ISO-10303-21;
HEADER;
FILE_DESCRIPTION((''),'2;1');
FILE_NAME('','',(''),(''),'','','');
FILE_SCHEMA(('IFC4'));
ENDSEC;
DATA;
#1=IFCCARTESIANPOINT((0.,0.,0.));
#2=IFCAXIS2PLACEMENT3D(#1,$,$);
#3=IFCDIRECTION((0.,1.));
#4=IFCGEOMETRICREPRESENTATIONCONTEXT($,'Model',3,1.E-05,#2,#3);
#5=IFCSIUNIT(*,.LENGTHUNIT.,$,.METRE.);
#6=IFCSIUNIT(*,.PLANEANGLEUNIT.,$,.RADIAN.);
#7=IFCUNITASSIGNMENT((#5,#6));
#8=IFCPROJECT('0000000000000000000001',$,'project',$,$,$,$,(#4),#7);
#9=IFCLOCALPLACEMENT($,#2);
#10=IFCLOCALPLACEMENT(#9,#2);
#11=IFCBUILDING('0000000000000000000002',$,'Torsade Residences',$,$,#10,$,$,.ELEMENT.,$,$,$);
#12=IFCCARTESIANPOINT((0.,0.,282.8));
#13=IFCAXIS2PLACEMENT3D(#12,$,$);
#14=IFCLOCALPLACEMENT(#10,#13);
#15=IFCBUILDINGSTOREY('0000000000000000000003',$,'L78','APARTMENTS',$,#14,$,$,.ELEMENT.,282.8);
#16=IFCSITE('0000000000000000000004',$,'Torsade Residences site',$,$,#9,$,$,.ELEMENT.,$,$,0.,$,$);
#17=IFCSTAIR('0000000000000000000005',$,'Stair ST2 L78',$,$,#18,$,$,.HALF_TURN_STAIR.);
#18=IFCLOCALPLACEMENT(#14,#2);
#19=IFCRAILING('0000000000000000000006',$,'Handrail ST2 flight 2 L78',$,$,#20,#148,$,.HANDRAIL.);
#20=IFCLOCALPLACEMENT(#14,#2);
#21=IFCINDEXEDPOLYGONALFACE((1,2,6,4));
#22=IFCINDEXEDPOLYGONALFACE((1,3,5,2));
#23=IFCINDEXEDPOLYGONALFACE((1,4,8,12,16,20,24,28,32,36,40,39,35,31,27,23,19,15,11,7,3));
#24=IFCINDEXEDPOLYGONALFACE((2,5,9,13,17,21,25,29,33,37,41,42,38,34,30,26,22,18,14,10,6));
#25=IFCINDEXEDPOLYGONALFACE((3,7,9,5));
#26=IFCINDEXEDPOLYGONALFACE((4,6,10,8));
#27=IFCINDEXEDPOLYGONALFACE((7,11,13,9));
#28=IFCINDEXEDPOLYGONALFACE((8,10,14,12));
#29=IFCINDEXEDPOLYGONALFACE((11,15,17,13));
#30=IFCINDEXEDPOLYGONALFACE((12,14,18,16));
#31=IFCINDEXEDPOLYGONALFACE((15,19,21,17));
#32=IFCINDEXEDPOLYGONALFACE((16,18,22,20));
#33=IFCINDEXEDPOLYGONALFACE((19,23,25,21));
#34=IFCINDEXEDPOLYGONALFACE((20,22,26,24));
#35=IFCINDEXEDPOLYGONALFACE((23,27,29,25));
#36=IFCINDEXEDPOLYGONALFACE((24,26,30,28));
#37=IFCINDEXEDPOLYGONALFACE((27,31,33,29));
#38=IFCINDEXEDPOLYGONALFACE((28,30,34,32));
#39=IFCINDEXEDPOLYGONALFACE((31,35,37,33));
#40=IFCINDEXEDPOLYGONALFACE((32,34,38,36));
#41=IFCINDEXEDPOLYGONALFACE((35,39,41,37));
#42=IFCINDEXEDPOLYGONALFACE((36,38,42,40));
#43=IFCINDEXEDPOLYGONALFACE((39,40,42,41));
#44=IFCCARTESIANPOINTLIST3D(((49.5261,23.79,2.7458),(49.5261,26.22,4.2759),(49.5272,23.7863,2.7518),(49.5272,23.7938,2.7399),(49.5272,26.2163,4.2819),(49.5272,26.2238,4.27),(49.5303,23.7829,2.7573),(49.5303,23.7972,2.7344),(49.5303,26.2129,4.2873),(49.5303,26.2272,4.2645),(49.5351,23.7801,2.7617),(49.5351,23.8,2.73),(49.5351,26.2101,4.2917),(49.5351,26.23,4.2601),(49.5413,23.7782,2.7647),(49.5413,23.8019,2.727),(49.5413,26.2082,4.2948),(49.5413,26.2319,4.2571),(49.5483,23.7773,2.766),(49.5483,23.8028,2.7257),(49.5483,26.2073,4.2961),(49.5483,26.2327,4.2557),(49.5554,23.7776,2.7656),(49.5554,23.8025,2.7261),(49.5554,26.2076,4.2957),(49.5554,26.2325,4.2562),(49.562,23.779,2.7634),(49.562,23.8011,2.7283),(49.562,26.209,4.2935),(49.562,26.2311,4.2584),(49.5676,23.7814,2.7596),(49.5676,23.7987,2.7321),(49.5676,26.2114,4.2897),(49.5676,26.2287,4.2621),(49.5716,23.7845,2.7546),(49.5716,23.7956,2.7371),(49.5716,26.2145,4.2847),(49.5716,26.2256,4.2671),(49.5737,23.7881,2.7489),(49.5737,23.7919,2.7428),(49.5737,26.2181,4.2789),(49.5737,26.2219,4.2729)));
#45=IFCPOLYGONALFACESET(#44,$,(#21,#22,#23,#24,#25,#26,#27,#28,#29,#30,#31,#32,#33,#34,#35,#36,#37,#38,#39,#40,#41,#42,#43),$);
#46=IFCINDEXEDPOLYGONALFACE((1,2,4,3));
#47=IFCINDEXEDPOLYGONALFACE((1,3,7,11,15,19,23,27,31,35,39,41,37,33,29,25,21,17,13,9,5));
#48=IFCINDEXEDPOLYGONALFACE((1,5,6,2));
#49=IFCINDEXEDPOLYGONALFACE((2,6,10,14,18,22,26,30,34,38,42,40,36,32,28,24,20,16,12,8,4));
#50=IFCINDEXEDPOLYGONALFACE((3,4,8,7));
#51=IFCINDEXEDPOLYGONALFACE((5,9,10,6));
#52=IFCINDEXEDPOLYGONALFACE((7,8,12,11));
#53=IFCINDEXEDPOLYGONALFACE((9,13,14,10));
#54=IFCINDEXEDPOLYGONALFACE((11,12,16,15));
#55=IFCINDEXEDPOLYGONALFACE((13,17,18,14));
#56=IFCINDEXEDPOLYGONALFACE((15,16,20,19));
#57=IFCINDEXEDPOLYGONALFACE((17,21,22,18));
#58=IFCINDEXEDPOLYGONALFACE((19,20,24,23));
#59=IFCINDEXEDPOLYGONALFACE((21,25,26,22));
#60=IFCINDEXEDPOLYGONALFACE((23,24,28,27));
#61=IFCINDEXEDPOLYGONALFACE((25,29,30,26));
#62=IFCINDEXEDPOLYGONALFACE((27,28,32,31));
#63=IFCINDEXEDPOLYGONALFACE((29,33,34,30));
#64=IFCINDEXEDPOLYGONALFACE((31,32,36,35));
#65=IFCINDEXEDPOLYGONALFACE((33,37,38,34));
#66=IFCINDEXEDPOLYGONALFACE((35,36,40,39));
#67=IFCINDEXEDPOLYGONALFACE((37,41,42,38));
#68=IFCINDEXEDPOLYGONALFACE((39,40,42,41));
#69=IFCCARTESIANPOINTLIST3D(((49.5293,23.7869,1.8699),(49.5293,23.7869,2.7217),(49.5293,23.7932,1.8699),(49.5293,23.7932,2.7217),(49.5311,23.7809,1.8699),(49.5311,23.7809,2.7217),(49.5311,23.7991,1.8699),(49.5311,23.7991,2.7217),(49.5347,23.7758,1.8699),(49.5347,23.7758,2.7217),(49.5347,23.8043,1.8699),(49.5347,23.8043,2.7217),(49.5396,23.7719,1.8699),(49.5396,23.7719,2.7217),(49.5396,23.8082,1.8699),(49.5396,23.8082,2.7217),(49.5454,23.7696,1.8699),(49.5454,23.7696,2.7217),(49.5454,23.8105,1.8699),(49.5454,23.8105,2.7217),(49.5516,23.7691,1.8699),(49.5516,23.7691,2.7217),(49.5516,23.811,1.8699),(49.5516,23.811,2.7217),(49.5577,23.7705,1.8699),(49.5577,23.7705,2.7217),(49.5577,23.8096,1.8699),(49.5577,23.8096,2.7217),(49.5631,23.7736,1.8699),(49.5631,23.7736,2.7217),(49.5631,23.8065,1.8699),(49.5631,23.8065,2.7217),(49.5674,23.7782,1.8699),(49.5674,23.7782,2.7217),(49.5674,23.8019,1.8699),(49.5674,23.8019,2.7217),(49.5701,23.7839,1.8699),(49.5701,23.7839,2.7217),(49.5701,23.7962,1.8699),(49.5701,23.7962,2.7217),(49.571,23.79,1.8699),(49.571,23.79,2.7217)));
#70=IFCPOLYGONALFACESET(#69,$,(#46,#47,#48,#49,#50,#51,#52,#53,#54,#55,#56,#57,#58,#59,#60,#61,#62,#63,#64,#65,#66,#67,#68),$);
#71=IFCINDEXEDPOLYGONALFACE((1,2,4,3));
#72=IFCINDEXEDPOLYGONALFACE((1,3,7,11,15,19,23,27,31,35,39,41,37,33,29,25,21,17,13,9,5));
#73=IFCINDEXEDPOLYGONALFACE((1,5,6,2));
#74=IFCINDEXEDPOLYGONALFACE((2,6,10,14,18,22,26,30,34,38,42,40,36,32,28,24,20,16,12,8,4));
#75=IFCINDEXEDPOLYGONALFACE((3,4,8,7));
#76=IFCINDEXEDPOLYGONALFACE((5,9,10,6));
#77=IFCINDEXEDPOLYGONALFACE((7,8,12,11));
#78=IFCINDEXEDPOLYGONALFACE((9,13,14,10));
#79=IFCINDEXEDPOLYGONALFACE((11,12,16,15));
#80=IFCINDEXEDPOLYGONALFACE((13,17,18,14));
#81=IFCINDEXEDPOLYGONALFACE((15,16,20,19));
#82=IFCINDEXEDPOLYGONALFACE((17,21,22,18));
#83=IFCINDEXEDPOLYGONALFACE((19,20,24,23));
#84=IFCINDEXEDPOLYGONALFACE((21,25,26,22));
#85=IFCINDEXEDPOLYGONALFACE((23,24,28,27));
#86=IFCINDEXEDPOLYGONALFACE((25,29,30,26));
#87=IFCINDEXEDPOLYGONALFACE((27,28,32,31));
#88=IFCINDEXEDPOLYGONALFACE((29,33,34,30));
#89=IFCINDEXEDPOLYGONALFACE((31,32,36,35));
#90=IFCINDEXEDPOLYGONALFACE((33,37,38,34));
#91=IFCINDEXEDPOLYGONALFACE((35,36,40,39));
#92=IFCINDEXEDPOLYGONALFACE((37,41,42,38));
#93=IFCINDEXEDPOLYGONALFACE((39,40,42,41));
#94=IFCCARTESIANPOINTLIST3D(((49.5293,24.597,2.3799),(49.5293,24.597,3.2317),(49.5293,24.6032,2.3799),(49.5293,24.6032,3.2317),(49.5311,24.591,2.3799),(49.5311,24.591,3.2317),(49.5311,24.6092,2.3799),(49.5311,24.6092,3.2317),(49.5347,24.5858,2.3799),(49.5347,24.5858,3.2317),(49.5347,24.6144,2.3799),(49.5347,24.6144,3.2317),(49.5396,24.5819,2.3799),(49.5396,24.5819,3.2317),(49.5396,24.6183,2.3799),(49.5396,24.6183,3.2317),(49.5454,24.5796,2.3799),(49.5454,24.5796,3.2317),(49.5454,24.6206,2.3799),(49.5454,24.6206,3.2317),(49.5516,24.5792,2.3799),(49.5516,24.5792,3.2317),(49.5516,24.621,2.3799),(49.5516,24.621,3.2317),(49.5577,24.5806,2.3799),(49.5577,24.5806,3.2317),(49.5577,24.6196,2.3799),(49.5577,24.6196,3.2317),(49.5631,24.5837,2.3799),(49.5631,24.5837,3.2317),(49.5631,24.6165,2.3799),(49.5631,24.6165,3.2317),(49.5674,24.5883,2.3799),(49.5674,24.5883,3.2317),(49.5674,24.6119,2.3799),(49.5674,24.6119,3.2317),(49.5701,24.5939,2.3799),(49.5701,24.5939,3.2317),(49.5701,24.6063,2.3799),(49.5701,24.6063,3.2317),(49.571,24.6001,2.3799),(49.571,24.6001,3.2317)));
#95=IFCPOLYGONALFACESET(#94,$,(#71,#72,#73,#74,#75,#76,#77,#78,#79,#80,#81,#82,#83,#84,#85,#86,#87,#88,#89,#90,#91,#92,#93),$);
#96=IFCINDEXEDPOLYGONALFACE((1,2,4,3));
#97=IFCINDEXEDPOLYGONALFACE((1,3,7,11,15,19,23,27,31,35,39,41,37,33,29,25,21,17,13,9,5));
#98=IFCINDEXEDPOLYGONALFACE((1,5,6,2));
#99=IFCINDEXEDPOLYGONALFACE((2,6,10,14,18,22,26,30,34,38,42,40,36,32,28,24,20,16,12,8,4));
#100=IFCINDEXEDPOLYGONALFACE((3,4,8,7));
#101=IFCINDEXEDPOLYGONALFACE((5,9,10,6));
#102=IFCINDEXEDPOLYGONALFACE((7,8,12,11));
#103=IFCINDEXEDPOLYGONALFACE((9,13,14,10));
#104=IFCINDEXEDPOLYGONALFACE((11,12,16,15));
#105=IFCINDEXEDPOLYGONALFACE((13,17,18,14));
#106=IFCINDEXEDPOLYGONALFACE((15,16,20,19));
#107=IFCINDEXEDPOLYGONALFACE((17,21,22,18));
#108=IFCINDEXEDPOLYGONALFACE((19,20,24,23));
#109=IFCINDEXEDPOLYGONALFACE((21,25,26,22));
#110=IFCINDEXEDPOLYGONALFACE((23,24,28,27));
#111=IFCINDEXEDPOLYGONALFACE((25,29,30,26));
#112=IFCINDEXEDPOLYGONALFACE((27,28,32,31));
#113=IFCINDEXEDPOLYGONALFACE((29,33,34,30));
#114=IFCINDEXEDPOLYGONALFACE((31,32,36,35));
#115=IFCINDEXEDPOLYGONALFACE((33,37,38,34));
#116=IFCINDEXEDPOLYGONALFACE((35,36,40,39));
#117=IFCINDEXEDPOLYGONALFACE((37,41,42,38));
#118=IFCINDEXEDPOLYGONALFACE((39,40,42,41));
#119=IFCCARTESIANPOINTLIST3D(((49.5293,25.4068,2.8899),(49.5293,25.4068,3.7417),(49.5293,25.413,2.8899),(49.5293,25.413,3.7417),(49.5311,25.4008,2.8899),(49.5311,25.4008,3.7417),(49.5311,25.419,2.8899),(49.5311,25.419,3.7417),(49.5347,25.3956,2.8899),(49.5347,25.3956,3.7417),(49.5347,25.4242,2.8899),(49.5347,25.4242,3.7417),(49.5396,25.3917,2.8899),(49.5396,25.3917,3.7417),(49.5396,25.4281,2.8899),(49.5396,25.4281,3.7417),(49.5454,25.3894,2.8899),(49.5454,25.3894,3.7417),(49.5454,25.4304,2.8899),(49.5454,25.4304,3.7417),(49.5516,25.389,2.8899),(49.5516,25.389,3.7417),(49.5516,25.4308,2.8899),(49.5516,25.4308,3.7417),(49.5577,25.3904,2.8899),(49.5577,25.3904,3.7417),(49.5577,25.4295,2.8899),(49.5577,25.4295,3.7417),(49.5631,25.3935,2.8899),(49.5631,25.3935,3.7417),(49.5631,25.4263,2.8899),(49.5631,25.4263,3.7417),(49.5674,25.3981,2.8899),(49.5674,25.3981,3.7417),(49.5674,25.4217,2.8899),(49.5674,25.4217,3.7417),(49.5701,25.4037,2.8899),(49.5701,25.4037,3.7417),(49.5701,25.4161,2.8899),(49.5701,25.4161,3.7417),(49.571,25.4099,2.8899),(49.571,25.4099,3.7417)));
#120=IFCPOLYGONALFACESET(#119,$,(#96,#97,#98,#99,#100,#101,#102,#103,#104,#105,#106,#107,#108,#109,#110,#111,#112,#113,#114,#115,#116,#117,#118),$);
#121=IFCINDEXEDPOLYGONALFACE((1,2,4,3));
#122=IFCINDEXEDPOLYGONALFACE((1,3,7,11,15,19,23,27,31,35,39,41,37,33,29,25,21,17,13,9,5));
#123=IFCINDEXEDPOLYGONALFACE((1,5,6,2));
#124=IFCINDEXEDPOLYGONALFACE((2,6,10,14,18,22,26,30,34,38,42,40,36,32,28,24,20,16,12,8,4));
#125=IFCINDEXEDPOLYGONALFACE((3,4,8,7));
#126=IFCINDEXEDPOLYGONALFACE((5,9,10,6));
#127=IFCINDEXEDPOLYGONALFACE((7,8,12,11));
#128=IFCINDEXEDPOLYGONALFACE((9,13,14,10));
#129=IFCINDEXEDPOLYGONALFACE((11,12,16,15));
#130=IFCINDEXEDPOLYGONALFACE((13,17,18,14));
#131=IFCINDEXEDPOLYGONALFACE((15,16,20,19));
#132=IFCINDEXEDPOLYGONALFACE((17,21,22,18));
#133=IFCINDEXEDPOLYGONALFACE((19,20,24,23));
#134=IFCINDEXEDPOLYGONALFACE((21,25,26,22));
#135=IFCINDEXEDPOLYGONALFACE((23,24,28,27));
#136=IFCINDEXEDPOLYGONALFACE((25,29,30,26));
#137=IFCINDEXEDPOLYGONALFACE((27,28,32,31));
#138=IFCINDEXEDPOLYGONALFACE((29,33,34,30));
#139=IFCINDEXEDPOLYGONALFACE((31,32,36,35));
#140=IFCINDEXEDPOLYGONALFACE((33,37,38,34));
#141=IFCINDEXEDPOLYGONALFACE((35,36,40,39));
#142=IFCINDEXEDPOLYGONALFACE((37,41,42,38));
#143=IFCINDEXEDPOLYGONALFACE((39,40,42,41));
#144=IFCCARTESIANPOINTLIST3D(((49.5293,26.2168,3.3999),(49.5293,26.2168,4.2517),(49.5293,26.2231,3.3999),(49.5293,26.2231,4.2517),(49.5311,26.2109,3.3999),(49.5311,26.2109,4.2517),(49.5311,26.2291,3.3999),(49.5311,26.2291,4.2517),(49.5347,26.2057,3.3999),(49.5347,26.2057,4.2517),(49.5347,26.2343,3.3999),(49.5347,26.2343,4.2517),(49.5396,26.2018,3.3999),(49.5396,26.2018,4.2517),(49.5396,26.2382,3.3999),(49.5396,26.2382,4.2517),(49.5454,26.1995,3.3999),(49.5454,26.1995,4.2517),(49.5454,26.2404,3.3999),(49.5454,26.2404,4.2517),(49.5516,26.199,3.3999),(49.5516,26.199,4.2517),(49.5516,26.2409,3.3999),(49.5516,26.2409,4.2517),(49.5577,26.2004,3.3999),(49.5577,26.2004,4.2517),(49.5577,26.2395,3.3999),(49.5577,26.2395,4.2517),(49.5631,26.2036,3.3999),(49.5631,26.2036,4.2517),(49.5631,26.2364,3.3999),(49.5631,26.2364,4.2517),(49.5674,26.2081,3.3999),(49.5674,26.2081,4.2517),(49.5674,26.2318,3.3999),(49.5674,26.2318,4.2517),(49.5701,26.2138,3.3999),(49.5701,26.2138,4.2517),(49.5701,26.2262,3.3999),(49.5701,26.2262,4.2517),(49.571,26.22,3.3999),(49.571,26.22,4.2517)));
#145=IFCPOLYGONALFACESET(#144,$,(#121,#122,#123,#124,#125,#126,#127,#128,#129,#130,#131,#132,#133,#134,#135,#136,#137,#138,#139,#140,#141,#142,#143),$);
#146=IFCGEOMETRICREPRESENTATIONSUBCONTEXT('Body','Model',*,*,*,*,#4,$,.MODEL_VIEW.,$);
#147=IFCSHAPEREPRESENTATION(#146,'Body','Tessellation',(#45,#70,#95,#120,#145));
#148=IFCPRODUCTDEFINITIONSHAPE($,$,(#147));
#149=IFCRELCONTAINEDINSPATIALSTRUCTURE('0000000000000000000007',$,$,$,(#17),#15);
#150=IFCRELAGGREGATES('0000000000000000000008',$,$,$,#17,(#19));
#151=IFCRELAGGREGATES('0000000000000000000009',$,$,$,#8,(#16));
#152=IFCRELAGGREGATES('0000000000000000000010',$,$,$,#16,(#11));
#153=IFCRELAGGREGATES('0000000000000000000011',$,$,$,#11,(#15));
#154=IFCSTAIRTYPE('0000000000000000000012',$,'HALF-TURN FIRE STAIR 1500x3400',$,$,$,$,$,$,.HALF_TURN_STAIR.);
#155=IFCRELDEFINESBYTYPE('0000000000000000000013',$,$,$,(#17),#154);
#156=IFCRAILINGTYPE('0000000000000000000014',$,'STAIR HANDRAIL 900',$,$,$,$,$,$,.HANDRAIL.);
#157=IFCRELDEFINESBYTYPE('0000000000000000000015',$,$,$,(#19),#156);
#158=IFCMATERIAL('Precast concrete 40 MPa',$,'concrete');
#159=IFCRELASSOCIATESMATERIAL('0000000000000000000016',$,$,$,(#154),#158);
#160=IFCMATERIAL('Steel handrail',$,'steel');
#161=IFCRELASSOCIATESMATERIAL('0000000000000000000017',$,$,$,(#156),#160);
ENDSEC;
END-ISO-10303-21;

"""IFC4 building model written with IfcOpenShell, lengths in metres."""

from ifc_helpers import new_model, si_unit, direction, frame, origin, origin_2d, place, context, subcontext, project, spatial, circle, extrude, material, type_object, element, aggregate, save


model = new_model("IFC4")

# Units and contexts
model_context = context("Model", 3, precision=1e-05, world=origin(), true_north=direction((0.0, 1.0)))
body_context = subcontext(model_context, "Body", "Model", "MODEL_VIEW")
ifc_project = project(units=[si_unit("LENGTHUNIT", "METRE"), si_unit("PLANEANGLEUNIT", "RADIAN")], contexts=[model_context])

# Site, building, storey
site_placement = place(None, origin())
site = spatial("IfcSite", under=ifc_project, at=site_placement, Name="Torsade Residences site", CompositionType="ELEMENT", RefElevation=0.0)
building_placement = place(site_placement, origin())
building = spatial("IfcBuilding", under=site, at=building_placement, Name="Torsade Residences", CompositionType="ELEMENT")
storey_placement = place(building_placement, frame((0.0, 0.0, 282.8)))
storey = spatial("IfcBuildingStorey", under=building, at=storey_placement, Name="L78", Description="APARTMENTS", CompositionType="ELEMENT", Elevation=282.8)

# Stair, railing
ifc_material_1 = material(Name="Precast concrete 40 MPa", Category="concrete")
stair_type = type_object("IfcStairType", Name="HALF-TURN FIRE STAIR 1500x3400", PredefinedType="HALF_TURN_STAIR", material=ifc_material_1)
stair_placement = place(storey_placement, origin())
stair = element("IfcStair", 1, at=stair_placement, inside=storey, type_object=stair_type, Name="Stair ST2 L78", PredefinedType="HALF_TURN_STAIR")
ifc_material_2 = material(Name="Steel handrail", Category="steel")
railing_type = type_object("IfcRailingType", Name="STAIR HANDRAIL 900", PredefinedType="HANDRAIL", material=ifc_material_2)
railing_1_placement = place(storey_placement, frame((49.55, 23.79, 1.8699)))
railing_1 = element("IfcRailing", 2, at=railing_1_placement, type_object=railing_type, Name="Handrail ST2 flight 2 L78", PredefinedType="HANDRAIL", context=body_context, shape_type="SweptSolid", body=[
    extrude(circle(Radius=0.0239, at=origin_2d()), frame((0.0, 0.0, 0.876), z_axis=(0.0, 0.846221, 0.532831), x_axis=(-1.0, 0.0, 0.0)), (0.0, 0.0, 1.0), 2.8716),
    extrude(circle(Radius=0.021, at=origin_2d()), origin(), (0.0, 0.0, 1.0), 0.8518),
    extrude(circle(Radius=0.021, at=origin_2d()), frame((0.0, 0.8101, 0.51)), (0.0, 0.0, 1.0), 0.8518),
    extrude(circle(Radius=0.021, at=origin_2d()), frame((0.0, 1.6199, 1.02)), (0.0, 0.0, 1.0), 0.8518),
    extrude(circle(Radius=0.021, at=origin_2d()), frame((0.0, 2.4299, 1.53)), (0.0, 0.0, 1.0), 0.8518),
])
aggregate(stair, [railing_1])

save(model, "model.ifc")
